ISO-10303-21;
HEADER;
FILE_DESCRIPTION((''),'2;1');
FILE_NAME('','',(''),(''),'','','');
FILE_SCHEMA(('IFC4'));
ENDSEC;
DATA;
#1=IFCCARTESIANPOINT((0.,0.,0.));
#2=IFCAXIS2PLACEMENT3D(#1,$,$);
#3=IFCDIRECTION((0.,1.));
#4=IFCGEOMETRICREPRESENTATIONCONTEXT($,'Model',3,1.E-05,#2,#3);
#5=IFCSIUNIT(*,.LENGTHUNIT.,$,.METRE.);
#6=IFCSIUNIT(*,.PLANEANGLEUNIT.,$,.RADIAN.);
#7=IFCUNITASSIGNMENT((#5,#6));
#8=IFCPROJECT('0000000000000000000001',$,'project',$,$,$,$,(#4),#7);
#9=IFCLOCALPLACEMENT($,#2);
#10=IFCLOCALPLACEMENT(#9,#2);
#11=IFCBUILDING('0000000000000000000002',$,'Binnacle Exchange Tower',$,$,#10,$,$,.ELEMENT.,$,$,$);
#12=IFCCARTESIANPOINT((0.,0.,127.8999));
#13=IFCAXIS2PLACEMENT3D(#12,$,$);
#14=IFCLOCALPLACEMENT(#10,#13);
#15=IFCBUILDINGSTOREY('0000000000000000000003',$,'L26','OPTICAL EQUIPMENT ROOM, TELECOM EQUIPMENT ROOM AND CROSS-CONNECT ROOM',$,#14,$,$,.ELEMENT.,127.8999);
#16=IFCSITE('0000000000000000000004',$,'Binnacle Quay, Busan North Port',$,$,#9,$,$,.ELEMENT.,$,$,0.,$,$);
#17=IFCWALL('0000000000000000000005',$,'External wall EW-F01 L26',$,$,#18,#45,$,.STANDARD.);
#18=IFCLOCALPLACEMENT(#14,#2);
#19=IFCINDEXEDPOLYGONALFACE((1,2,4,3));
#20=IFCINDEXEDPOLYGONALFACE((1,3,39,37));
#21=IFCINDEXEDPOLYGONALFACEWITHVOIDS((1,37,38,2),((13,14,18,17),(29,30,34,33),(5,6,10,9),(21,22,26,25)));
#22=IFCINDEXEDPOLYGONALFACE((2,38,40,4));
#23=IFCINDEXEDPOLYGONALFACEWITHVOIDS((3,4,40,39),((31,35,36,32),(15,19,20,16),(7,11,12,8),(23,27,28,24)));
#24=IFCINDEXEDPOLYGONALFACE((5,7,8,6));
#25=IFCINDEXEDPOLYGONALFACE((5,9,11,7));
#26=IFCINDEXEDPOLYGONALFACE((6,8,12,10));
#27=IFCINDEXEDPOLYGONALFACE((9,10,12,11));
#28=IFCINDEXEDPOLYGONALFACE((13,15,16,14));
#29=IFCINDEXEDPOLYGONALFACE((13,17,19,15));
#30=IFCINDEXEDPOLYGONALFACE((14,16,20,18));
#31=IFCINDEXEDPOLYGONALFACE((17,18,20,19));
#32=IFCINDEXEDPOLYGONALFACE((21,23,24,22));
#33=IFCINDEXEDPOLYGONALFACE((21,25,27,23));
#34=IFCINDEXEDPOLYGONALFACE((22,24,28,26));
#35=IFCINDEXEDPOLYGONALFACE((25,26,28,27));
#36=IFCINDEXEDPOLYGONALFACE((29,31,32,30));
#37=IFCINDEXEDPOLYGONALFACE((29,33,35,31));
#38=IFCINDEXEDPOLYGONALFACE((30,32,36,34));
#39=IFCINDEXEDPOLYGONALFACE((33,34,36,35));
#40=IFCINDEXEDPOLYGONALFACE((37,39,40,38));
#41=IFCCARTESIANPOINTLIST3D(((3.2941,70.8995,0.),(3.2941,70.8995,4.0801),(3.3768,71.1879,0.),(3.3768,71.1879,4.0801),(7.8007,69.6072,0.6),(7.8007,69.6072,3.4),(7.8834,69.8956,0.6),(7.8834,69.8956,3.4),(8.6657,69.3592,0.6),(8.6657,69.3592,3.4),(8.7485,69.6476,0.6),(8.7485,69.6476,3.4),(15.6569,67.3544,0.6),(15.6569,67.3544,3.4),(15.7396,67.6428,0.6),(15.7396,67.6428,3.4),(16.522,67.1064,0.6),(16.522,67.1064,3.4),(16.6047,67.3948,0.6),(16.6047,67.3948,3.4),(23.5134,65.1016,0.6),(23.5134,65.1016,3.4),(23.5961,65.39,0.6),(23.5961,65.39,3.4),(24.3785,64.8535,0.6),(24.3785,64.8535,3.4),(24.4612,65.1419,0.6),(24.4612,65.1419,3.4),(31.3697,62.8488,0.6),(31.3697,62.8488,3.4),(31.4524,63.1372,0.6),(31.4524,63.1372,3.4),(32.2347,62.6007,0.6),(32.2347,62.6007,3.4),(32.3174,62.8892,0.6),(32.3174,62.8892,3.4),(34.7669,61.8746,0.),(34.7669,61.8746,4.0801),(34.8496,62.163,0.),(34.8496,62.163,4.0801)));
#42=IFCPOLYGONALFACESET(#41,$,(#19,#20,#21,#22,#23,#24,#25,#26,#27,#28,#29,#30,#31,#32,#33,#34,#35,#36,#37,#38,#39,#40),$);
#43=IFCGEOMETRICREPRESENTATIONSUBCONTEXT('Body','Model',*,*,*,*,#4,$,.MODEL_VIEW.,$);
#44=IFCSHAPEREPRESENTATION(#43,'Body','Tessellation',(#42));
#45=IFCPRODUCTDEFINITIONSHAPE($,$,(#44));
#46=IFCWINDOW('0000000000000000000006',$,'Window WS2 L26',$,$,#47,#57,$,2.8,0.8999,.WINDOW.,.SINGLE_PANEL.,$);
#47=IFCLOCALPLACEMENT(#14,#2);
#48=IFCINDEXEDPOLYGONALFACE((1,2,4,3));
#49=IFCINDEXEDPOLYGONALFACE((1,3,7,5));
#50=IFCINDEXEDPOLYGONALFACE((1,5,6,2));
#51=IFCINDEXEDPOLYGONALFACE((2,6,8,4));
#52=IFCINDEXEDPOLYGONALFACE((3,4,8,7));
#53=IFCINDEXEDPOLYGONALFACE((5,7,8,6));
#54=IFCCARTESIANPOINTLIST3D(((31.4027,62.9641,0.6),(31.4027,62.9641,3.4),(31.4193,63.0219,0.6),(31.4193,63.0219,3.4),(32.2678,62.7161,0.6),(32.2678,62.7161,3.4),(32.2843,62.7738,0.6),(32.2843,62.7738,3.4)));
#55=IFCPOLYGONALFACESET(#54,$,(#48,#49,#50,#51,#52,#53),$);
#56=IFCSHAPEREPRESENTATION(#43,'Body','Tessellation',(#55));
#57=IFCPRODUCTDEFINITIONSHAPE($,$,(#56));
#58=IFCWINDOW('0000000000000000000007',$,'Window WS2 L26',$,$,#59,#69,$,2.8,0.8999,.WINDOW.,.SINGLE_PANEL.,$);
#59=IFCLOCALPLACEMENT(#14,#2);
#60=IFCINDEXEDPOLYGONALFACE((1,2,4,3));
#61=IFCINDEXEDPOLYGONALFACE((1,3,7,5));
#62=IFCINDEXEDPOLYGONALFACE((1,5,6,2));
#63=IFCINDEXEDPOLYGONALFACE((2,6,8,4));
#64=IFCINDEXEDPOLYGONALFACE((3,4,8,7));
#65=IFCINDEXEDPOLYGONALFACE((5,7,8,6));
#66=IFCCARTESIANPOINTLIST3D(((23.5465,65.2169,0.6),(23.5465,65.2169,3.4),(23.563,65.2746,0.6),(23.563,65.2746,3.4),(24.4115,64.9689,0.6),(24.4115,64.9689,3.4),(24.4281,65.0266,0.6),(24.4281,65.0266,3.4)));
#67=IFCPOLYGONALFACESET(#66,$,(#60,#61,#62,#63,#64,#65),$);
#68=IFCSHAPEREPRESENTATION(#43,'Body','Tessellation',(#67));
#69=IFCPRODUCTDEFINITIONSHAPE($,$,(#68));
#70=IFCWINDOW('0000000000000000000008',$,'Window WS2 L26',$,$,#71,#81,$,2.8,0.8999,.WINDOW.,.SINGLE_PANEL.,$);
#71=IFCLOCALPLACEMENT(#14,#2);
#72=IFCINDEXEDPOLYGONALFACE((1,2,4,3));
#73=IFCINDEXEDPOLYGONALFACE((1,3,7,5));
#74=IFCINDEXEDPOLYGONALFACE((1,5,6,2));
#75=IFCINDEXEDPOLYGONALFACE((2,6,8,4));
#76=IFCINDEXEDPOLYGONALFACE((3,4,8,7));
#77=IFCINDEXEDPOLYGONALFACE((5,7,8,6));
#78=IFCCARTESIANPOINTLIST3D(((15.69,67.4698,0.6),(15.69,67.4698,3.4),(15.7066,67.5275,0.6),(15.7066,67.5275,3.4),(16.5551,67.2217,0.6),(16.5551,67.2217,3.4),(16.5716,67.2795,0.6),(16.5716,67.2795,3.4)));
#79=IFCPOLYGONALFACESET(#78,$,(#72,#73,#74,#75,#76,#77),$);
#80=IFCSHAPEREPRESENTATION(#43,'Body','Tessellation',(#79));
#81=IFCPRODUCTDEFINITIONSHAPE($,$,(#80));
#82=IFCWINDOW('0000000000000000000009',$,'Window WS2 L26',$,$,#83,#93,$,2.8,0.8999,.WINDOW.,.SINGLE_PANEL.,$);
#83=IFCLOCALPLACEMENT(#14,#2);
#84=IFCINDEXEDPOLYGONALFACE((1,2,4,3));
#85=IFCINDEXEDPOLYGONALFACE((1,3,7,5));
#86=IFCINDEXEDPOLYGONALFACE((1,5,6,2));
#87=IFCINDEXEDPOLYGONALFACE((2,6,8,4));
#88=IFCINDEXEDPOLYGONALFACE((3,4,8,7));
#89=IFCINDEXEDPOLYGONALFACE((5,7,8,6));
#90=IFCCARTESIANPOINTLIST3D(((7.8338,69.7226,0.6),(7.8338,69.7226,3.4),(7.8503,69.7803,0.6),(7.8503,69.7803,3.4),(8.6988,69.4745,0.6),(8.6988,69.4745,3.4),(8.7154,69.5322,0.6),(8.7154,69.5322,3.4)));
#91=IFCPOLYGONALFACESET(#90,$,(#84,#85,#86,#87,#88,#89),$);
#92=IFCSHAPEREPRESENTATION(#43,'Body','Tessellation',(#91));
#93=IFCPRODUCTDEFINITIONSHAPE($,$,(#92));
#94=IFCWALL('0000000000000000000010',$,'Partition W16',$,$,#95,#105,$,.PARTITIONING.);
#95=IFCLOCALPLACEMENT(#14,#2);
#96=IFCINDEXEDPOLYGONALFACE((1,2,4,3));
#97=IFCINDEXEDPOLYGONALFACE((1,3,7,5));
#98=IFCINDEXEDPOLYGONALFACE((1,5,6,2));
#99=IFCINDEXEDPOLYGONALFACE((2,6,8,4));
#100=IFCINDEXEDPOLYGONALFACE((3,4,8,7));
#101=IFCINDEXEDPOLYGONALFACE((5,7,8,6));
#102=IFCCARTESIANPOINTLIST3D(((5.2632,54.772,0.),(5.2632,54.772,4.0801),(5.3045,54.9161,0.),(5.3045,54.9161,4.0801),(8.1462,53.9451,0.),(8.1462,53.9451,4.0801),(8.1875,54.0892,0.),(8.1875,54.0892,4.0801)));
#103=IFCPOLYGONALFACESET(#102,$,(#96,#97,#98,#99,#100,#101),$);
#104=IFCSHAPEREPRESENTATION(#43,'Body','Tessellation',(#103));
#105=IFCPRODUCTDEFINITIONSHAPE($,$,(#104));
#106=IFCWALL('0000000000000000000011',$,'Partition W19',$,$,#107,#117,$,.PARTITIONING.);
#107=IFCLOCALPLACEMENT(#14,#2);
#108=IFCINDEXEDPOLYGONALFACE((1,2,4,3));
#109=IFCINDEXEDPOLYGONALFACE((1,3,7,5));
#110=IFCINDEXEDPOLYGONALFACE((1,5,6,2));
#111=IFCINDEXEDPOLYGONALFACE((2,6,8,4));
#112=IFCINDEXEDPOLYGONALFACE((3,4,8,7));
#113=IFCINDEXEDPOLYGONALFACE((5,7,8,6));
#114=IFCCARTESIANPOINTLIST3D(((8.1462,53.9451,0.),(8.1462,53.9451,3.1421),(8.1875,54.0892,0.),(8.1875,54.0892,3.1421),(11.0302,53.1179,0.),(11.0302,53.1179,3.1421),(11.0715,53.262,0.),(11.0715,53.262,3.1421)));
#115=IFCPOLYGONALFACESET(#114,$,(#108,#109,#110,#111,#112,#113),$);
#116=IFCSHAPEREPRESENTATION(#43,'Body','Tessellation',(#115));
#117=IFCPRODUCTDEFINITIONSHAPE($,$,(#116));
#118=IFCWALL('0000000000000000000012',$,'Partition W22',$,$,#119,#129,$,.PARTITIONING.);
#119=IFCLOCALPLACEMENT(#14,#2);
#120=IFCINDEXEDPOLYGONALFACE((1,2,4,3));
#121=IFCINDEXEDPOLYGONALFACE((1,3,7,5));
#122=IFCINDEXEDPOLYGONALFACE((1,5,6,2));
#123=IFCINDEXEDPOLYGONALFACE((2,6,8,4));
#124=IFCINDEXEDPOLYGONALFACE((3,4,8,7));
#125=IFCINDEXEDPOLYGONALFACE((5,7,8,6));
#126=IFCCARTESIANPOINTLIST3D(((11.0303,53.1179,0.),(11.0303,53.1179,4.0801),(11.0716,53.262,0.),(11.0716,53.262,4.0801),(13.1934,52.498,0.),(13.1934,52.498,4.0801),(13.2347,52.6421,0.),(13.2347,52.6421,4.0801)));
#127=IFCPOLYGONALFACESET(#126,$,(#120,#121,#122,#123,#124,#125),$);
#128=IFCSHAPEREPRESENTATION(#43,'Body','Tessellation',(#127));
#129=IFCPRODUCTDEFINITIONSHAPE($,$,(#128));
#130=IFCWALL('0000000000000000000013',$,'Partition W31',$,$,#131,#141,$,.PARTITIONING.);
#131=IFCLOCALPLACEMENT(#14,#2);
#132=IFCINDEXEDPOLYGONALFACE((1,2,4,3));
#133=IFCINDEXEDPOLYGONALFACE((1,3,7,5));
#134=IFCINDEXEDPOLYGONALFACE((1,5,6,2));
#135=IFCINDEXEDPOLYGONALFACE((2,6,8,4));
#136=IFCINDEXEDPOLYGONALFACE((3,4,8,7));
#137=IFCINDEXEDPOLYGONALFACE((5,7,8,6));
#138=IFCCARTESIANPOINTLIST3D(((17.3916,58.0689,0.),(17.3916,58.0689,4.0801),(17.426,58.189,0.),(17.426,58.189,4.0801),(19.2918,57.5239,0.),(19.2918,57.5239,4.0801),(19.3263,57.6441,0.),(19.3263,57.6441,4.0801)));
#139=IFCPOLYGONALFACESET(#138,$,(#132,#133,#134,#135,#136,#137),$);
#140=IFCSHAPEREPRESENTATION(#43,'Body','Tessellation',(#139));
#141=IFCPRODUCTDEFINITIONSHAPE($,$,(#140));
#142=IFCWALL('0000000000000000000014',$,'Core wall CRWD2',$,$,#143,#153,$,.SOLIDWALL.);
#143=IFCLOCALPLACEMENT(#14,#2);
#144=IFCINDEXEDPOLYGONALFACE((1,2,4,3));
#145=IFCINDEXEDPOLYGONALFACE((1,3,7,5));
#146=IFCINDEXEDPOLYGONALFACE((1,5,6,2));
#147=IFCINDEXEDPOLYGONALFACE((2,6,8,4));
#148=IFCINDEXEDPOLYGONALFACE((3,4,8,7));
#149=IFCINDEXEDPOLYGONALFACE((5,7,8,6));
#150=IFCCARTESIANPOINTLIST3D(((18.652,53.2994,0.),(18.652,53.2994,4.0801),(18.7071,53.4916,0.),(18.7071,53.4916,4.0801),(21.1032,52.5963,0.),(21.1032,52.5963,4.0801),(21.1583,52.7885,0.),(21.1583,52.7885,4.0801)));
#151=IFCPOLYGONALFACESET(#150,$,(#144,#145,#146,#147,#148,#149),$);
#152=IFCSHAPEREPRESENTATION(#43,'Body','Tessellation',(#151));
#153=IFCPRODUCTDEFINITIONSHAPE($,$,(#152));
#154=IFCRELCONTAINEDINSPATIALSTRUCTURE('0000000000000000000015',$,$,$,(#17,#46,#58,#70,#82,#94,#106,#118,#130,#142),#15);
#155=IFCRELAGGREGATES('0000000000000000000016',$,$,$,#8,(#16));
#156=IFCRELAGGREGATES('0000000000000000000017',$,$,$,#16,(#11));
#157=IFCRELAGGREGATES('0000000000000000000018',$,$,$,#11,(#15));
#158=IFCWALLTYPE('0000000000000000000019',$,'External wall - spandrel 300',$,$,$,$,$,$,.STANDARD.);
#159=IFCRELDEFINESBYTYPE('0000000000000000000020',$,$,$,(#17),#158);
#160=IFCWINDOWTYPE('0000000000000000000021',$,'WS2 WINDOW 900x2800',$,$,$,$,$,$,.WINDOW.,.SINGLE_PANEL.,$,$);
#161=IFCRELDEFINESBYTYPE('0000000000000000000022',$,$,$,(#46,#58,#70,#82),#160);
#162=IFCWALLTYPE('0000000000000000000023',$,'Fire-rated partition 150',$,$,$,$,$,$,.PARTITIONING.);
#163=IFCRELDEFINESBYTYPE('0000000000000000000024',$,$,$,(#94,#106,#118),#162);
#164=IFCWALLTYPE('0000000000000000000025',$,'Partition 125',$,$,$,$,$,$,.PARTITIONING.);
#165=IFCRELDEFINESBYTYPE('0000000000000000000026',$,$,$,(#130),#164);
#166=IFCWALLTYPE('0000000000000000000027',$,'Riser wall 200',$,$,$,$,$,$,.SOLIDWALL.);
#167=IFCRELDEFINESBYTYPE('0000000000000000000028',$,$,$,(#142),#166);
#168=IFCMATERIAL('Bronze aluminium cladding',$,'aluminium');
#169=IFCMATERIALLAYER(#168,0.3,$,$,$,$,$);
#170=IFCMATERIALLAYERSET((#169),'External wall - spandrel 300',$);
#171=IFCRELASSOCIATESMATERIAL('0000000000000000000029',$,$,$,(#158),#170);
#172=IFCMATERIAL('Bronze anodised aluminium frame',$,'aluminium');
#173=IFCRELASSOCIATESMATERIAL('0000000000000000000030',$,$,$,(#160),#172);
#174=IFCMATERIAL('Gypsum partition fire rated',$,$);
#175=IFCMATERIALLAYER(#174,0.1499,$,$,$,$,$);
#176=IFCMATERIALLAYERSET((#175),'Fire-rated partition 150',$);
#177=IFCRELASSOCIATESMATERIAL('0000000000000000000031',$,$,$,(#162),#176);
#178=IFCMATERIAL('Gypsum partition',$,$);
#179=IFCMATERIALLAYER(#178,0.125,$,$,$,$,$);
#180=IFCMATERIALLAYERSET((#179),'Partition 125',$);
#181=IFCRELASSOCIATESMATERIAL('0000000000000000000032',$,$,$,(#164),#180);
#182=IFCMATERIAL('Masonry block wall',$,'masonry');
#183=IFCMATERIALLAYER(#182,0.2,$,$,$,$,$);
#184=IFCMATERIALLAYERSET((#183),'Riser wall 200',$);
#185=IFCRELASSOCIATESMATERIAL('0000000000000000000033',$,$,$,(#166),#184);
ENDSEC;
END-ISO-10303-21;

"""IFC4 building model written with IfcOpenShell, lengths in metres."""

from ifc_helpers import new_model, si_unit, direction, frame, frame_2d, origin, place, context, subcontext, project, spatial, rectangle, extrude, material, layer, layer_set, type_object, element, fill, save


model = new_model("IFC4")

# Units and contexts
model_context = context("Model", 3, precision=1e-05, world=origin(), true_north=direction((0.0, 1.0)))
body_context = subcontext(model_context, "Body", "Model", "MODEL_VIEW")
ifc_project = project(units=[si_unit("LENGTHUNIT", "METRE"), si_unit("PLANEANGLEUNIT", "RADIAN")], contexts=[model_context])

# Site, building, storey
site_placement = place(None, origin())
site = spatial("IfcSite", under=ifc_project, at=site_placement, Name="Binnacle Quay, Busan North Port", CompositionType="ELEMENT", RefElevation=0.0)
building_placement = place(site_placement, origin())
building = spatial("IfcBuilding", under=site, at=building_placement, Name="Binnacle Exchange Tower", CompositionType="ELEMENT")
storey_placement = place(building_placement, frame((0.0, 0.0, 127.8999)))
storey = spatial("IfcBuildingStorey", under=building, at=storey_placement, Name="L26", Description="OPTICAL EQUIPMENT ROOM, TELECOM EQUIPMENT ROOM AND CROSS-CONNECT ROOM", CompositionType="ELEMENT", Elevation=127.8999)

# Wall, openings, windows
ifc_material_1 = material(Name="Bronze aluminium cladding", Category="aluminium")
ifc_layer_1 = layer(ifc_material_1, 0.3)
ifc_layer_set_1 = layer_set([ifc_layer_1], Name="External wall - spandrel 300")
wall_type_1 = type_object("IfcWallType", Name="External wall - spandrel 300", PredefinedType="STANDARD", material=ifc_layer_set_1)
wall_1_placement = place(storey_placement, frame((3.3354, 71.0437, 0.0), z_axis=(0.0, 0.0, 1.0), x_axis=(0.96126, -0.275643, 0.0)))
wall_1 = element("IfcWall", 1, at=wall_1_placement, inside=storey, type_object=wall_type_1, Name="External wall EW-F01 L26", PredefinedType="STANDARD", context=body_context, shape_type="SweptSolid", body=[
    extrude(rectangle(XDim=32.7412, YDim=0.3, at=frame_2d((16.3706, 0.0))), origin(), (0.0, 0.0, 1.0), 4.0801),
])
opening_1_placement = place(wall_1_placement, frame((29.207, 0.0, 0.6001)))
opening_1 = element("IfcOpeningElement", 2, at=opening_1_placement, cuts=wall_1, PredefinedType="OPENING", context=body_context, shape_type="SweptSolid", body=[
    extrude(rectangle(XDim=0.8999, YDim=2.8, at=frame_2d((0.45, 1.3999))), frame((0.0, 0.1599, 0.0), z_axis=(0.0, -1.0, 0.0), x_axis=(1.0, 0.0, 0.0)), (0.0, 0.0, 1.0), 0.3201),
])
opening_2_placement = place(wall_1_placement, frame((21.0342, 0.0, 0.6001)))
opening_2 = element("IfcOpeningElement", 3, at=opening_2_placement, cuts=wall_1, PredefinedType="OPENING", context=body_context, shape_type="SweptSolid", body=[
    extrude(rectangle(XDim=0.8999, YDim=2.8, at=frame_2d((0.45, 1.3999))), frame((0.0, 0.1599, 0.0), z_axis=(0.0, -1.0, 0.0), x_axis=(1.0, 0.0, 0.0)), (0.0, 0.0, 1.0), 0.3201),
])
opening_3_placement = place(wall_1_placement, frame((12.8611, 0.0, 0.6001)))
opening_3 = element("IfcOpeningElement", 4, at=opening_3_placement, cuts=wall_1, PredefinedType="OPENING", context=body_context, shape_type="SweptSolid", body=[
    extrude(rectangle(XDim=0.8999, YDim=2.8, at=frame_2d((0.45, 1.3999))), frame((0.0, 0.1599, 0.0), z_axis=(0.0, -1.0, 0.0), x_axis=(1.0, 0.0, 0.0)), (0.0, 0.0, 1.0), 0.3201),
])
opening_4_placement = place(wall_1_placement, frame((4.6882, 0.0, 0.6001)))
opening_4 = element("IfcOpeningElement", 5, at=opening_4_placement, cuts=wall_1, PredefinedType="OPENING", context=body_context, shape_type="SweptSolid", body=[
    extrude(rectangle(XDim=0.8999, YDim=2.8, at=frame_2d((0.45, 1.3999))), frame((0.0, 0.1599, 0.0), z_axis=(0.0, -1.0, 0.0), x_axis=(1.0, 0.0, 0.0)), (0.0, 0.0, 1.0), 0.3201),
])
ifc_material_2 = material(Name="Bronze anodised aluminium frame", Category="aluminium")
window_type = type_object("IfcWindowType", Name="WS2 WINDOW 900x2800", PartitioningType="SINGLE_PANEL", PredefinedType="WINDOW", material=ifc_material_2)
window_1_placement = place(opening_1_placement, origin())
window_1 = element("IfcWindow", 6, at=window_1_placement, inside=storey, type_object=window_type, Name="Window WS2 L26", OverallHeight=2.8, OverallWidth=0.8999, PartitioningType="SINGLE_PANEL", PredefinedType="WINDOW", context=body_context, shape_type="SweptSolid", body=[
    extrude(rectangle(XDim=0.8999, YDim=2.8, at=frame_2d((0.45, 1.3999))), frame((0.0, 0.03, 0.0), z_axis=(0.0, -1.0, 0.0), x_axis=(1.0, 0.0, 0.0)), (0.0, 0.0, 1.0), 0.0601),
])
fill(opening_1, window_1)
window_2_placement = place(opening_2_placement, origin())
window_2 = element("IfcWindow", 7, at=window_2_placement, inside=storey, type_object=window_type, Name="Window WS2 L26", OverallHeight=2.8, OverallWidth=0.8999, PartitioningType="SINGLE_PANEL", PredefinedType="WINDOW", context=body_context, shape_type="SweptSolid", body=[
    extrude(rectangle(XDim=0.8999, YDim=2.8, at=frame_2d((0.45, 1.3999))), frame((0.0, 0.03, 0.0), z_axis=(0.0, -1.0, 0.0), x_axis=(1.0, 0.0, 0.0)), (0.0, 0.0, 1.0), 0.0601),
])
fill(opening_2, window_2)
window_3_placement = place(opening_3_placement, origin())
window_3 = element("IfcWindow", 8, at=window_3_placement, inside=storey, type_object=window_type, Name="Window WS2 L26", OverallHeight=2.8, OverallWidth=0.8999, PartitioningType="SINGLE_PANEL", PredefinedType="WINDOW", context=body_context, shape_type="SweptSolid", body=[
    extrude(rectangle(XDim=0.8999, YDim=2.8, at=frame_2d((0.45, 1.3999))), frame((0.0, 0.03, 0.0), z_axis=(0.0, -1.0, 0.0), x_axis=(1.0, 0.0, 0.0)), (0.0, 0.0, 1.0), 0.0601),
])
fill(opening_3, window_3)
window_4_placement = place(opening_4_placement, origin())
window_4 = element("IfcWindow", 9, at=window_4_placement, inside=storey, type_object=window_type, Name="Window WS2 L26", OverallHeight=2.8, OverallWidth=0.8999, PartitioningType="SINGLE_PANEL", PredefinedType="WINDOW", context=body_context, shape_type="SweptSolid", body=[
    extrude(rectangle(XDim=0.8999, YDim=2.8, at=frame_2d((0.45, 1.3999))), frame((0.0, 0.03, 0.0), z_axis=(0.0, -1.0, 0.0), x_axis=(1.0, 0.0, 0.0)), (0.0, 0.0, 1.0), 0.0601),
])
fill(opening_4, window_4)

# Walls
ifc_material_3 = material(Name="Gypsum partition fire rated")
ifc_layer_2 = layer(ifc_material_3, 0.1499)
ifc_layer_set_2 = layer_set([ifc_layer_2], Name="Fire-rated partition 150")
wall_type_2 = type_object("IfcWallType", Name="Fire-rated partition 150", PredefinedType="PARTITIONING", material=ifc_layer_set_2)
wall_2_placement = place(storey_placement, frame((5.2839, 54.844, 0.0), z_axis=(0.0, 0.0, 1.0), x_axis=(0.961244, -0.275699, 0.0)))
element("IfcWall", 10, at=wall_2_placement, inside=storey, type_object=wall_type_2, Name="Partition W16", PredefinedType="PARTITIONING", context=body_context, shape_type="SweptSolid", body=[
    extrude(rectangle(XDim=2.9993, YDim=0.1499, at=frame_2d((1.4995, 0.0))), origin(), (0.0, 0.0, 1.0), 4.0801),
])
wall_3_placement = place(storey_placement, frame((8.167, 54.0171, 0.0), z_axis=(0.0, 0.0, 1.0), x_axis=(0.961247, -0.275688, 0.0)))
element("IfcWall", 11, at=wall_3_placement, inside=storey, type_object=wall_type_2, Name="Partition W19", PredefinedType="PARTITIONING", context=body_context, shape_type="SweptSolid", body=[
    extrude(rectangle(XDim=3.0002, YDim=0.1499, at=frame_2d((1.5, 0.0))), origin(), (0.0, 0.0, 1.0), 3.1421),
])
wall_4_placement = place(storey_placement, frame((11.051, 53.1899, 0.0), z_axis=(0.0, 0.0, 1.0), x_axis=(0.961307, -0.275481, 0.0)))
element("IfcWall", 12, at=wall_4_placement, inside=storey, type_object=wall_type_2, Name="Partition W22", PredefinedType="PARTITIONING", context=body_context, shape_type="SweptSolid", body=[
    extrude(rectangle(XDim=2.2502, YDim=0.1499, at=frame_2d((1.125, 0.0))), origin(), (0.0, 0.0, 1.0), 4.0801),
])
ifc_material_4 = material(Name="Gypsum partition")
ifc_layer_3 = layer(ifc_material_4, 0.125)
ifc_layer_set_3 = layer_set([ifc_layer_3], Name="Partition 125")
wall_type_3 = type_object("IfcWallType", Name="Partition 125", PredefinedType="PARTITIONING", material=ifc_layer_set_3)
wall_5_placement = place(storey_placement, frame((17.4089, 58.1289, 0.0), z_axis=(0.0, 0.0, 1.0), x_axis=(0.961253, -0.275667, 0.0)))
element("IfcWall", 13, at=wall_5_placement, inside=storey, type_object=wall_type_3, Name="Partition W31", PredefinedType="PARTITIONING", context=body_context, shape_type="SweptSolid", body=[
    extrude(rectangle(XDim=1.9768, YDim=0.125, at=frame_2d((0.9883, 0.0))), origin(), (0.0, 0.0, 1.0), 4.0801),
])
ifc_material_5 = material(Name="Masonry block wall", Category="masonry")
ifc_layer_4 = layer(ifc_material_5, 0.2)
ifc_layer_set_4 = layer_set([ifc_layer_4], Name="Riser wall 200")
wall_type_4 = type_object("IfcWallType", Name="Riser wall 200", PredefinedType="SOLIDWALL", material=ifc_layer_set_4)
wall_6_placement = place(storey_placement, frame((18.6797, 53.3955, 0.0), z_axis=(0.0, 0.0, 1.0), x_axis=(0.961234, -0.275733, 0.0)))
element("IfcWall", 14, at=wall_6_placement, inside=storey, type_object=wall_type_4, Name="Core wall CRWD2", PredefinedType="SOLIDWALL", context=body_context, shape_type="SweptSolid", body=[
    extrude(rectangle(XDim=2.55, YDim=0.2, at=frame_2d((1.2749, 0.0))), origin(), (0.0, 0.0, 1.0), 4.0801),
])

save(model, "model.ifc")
